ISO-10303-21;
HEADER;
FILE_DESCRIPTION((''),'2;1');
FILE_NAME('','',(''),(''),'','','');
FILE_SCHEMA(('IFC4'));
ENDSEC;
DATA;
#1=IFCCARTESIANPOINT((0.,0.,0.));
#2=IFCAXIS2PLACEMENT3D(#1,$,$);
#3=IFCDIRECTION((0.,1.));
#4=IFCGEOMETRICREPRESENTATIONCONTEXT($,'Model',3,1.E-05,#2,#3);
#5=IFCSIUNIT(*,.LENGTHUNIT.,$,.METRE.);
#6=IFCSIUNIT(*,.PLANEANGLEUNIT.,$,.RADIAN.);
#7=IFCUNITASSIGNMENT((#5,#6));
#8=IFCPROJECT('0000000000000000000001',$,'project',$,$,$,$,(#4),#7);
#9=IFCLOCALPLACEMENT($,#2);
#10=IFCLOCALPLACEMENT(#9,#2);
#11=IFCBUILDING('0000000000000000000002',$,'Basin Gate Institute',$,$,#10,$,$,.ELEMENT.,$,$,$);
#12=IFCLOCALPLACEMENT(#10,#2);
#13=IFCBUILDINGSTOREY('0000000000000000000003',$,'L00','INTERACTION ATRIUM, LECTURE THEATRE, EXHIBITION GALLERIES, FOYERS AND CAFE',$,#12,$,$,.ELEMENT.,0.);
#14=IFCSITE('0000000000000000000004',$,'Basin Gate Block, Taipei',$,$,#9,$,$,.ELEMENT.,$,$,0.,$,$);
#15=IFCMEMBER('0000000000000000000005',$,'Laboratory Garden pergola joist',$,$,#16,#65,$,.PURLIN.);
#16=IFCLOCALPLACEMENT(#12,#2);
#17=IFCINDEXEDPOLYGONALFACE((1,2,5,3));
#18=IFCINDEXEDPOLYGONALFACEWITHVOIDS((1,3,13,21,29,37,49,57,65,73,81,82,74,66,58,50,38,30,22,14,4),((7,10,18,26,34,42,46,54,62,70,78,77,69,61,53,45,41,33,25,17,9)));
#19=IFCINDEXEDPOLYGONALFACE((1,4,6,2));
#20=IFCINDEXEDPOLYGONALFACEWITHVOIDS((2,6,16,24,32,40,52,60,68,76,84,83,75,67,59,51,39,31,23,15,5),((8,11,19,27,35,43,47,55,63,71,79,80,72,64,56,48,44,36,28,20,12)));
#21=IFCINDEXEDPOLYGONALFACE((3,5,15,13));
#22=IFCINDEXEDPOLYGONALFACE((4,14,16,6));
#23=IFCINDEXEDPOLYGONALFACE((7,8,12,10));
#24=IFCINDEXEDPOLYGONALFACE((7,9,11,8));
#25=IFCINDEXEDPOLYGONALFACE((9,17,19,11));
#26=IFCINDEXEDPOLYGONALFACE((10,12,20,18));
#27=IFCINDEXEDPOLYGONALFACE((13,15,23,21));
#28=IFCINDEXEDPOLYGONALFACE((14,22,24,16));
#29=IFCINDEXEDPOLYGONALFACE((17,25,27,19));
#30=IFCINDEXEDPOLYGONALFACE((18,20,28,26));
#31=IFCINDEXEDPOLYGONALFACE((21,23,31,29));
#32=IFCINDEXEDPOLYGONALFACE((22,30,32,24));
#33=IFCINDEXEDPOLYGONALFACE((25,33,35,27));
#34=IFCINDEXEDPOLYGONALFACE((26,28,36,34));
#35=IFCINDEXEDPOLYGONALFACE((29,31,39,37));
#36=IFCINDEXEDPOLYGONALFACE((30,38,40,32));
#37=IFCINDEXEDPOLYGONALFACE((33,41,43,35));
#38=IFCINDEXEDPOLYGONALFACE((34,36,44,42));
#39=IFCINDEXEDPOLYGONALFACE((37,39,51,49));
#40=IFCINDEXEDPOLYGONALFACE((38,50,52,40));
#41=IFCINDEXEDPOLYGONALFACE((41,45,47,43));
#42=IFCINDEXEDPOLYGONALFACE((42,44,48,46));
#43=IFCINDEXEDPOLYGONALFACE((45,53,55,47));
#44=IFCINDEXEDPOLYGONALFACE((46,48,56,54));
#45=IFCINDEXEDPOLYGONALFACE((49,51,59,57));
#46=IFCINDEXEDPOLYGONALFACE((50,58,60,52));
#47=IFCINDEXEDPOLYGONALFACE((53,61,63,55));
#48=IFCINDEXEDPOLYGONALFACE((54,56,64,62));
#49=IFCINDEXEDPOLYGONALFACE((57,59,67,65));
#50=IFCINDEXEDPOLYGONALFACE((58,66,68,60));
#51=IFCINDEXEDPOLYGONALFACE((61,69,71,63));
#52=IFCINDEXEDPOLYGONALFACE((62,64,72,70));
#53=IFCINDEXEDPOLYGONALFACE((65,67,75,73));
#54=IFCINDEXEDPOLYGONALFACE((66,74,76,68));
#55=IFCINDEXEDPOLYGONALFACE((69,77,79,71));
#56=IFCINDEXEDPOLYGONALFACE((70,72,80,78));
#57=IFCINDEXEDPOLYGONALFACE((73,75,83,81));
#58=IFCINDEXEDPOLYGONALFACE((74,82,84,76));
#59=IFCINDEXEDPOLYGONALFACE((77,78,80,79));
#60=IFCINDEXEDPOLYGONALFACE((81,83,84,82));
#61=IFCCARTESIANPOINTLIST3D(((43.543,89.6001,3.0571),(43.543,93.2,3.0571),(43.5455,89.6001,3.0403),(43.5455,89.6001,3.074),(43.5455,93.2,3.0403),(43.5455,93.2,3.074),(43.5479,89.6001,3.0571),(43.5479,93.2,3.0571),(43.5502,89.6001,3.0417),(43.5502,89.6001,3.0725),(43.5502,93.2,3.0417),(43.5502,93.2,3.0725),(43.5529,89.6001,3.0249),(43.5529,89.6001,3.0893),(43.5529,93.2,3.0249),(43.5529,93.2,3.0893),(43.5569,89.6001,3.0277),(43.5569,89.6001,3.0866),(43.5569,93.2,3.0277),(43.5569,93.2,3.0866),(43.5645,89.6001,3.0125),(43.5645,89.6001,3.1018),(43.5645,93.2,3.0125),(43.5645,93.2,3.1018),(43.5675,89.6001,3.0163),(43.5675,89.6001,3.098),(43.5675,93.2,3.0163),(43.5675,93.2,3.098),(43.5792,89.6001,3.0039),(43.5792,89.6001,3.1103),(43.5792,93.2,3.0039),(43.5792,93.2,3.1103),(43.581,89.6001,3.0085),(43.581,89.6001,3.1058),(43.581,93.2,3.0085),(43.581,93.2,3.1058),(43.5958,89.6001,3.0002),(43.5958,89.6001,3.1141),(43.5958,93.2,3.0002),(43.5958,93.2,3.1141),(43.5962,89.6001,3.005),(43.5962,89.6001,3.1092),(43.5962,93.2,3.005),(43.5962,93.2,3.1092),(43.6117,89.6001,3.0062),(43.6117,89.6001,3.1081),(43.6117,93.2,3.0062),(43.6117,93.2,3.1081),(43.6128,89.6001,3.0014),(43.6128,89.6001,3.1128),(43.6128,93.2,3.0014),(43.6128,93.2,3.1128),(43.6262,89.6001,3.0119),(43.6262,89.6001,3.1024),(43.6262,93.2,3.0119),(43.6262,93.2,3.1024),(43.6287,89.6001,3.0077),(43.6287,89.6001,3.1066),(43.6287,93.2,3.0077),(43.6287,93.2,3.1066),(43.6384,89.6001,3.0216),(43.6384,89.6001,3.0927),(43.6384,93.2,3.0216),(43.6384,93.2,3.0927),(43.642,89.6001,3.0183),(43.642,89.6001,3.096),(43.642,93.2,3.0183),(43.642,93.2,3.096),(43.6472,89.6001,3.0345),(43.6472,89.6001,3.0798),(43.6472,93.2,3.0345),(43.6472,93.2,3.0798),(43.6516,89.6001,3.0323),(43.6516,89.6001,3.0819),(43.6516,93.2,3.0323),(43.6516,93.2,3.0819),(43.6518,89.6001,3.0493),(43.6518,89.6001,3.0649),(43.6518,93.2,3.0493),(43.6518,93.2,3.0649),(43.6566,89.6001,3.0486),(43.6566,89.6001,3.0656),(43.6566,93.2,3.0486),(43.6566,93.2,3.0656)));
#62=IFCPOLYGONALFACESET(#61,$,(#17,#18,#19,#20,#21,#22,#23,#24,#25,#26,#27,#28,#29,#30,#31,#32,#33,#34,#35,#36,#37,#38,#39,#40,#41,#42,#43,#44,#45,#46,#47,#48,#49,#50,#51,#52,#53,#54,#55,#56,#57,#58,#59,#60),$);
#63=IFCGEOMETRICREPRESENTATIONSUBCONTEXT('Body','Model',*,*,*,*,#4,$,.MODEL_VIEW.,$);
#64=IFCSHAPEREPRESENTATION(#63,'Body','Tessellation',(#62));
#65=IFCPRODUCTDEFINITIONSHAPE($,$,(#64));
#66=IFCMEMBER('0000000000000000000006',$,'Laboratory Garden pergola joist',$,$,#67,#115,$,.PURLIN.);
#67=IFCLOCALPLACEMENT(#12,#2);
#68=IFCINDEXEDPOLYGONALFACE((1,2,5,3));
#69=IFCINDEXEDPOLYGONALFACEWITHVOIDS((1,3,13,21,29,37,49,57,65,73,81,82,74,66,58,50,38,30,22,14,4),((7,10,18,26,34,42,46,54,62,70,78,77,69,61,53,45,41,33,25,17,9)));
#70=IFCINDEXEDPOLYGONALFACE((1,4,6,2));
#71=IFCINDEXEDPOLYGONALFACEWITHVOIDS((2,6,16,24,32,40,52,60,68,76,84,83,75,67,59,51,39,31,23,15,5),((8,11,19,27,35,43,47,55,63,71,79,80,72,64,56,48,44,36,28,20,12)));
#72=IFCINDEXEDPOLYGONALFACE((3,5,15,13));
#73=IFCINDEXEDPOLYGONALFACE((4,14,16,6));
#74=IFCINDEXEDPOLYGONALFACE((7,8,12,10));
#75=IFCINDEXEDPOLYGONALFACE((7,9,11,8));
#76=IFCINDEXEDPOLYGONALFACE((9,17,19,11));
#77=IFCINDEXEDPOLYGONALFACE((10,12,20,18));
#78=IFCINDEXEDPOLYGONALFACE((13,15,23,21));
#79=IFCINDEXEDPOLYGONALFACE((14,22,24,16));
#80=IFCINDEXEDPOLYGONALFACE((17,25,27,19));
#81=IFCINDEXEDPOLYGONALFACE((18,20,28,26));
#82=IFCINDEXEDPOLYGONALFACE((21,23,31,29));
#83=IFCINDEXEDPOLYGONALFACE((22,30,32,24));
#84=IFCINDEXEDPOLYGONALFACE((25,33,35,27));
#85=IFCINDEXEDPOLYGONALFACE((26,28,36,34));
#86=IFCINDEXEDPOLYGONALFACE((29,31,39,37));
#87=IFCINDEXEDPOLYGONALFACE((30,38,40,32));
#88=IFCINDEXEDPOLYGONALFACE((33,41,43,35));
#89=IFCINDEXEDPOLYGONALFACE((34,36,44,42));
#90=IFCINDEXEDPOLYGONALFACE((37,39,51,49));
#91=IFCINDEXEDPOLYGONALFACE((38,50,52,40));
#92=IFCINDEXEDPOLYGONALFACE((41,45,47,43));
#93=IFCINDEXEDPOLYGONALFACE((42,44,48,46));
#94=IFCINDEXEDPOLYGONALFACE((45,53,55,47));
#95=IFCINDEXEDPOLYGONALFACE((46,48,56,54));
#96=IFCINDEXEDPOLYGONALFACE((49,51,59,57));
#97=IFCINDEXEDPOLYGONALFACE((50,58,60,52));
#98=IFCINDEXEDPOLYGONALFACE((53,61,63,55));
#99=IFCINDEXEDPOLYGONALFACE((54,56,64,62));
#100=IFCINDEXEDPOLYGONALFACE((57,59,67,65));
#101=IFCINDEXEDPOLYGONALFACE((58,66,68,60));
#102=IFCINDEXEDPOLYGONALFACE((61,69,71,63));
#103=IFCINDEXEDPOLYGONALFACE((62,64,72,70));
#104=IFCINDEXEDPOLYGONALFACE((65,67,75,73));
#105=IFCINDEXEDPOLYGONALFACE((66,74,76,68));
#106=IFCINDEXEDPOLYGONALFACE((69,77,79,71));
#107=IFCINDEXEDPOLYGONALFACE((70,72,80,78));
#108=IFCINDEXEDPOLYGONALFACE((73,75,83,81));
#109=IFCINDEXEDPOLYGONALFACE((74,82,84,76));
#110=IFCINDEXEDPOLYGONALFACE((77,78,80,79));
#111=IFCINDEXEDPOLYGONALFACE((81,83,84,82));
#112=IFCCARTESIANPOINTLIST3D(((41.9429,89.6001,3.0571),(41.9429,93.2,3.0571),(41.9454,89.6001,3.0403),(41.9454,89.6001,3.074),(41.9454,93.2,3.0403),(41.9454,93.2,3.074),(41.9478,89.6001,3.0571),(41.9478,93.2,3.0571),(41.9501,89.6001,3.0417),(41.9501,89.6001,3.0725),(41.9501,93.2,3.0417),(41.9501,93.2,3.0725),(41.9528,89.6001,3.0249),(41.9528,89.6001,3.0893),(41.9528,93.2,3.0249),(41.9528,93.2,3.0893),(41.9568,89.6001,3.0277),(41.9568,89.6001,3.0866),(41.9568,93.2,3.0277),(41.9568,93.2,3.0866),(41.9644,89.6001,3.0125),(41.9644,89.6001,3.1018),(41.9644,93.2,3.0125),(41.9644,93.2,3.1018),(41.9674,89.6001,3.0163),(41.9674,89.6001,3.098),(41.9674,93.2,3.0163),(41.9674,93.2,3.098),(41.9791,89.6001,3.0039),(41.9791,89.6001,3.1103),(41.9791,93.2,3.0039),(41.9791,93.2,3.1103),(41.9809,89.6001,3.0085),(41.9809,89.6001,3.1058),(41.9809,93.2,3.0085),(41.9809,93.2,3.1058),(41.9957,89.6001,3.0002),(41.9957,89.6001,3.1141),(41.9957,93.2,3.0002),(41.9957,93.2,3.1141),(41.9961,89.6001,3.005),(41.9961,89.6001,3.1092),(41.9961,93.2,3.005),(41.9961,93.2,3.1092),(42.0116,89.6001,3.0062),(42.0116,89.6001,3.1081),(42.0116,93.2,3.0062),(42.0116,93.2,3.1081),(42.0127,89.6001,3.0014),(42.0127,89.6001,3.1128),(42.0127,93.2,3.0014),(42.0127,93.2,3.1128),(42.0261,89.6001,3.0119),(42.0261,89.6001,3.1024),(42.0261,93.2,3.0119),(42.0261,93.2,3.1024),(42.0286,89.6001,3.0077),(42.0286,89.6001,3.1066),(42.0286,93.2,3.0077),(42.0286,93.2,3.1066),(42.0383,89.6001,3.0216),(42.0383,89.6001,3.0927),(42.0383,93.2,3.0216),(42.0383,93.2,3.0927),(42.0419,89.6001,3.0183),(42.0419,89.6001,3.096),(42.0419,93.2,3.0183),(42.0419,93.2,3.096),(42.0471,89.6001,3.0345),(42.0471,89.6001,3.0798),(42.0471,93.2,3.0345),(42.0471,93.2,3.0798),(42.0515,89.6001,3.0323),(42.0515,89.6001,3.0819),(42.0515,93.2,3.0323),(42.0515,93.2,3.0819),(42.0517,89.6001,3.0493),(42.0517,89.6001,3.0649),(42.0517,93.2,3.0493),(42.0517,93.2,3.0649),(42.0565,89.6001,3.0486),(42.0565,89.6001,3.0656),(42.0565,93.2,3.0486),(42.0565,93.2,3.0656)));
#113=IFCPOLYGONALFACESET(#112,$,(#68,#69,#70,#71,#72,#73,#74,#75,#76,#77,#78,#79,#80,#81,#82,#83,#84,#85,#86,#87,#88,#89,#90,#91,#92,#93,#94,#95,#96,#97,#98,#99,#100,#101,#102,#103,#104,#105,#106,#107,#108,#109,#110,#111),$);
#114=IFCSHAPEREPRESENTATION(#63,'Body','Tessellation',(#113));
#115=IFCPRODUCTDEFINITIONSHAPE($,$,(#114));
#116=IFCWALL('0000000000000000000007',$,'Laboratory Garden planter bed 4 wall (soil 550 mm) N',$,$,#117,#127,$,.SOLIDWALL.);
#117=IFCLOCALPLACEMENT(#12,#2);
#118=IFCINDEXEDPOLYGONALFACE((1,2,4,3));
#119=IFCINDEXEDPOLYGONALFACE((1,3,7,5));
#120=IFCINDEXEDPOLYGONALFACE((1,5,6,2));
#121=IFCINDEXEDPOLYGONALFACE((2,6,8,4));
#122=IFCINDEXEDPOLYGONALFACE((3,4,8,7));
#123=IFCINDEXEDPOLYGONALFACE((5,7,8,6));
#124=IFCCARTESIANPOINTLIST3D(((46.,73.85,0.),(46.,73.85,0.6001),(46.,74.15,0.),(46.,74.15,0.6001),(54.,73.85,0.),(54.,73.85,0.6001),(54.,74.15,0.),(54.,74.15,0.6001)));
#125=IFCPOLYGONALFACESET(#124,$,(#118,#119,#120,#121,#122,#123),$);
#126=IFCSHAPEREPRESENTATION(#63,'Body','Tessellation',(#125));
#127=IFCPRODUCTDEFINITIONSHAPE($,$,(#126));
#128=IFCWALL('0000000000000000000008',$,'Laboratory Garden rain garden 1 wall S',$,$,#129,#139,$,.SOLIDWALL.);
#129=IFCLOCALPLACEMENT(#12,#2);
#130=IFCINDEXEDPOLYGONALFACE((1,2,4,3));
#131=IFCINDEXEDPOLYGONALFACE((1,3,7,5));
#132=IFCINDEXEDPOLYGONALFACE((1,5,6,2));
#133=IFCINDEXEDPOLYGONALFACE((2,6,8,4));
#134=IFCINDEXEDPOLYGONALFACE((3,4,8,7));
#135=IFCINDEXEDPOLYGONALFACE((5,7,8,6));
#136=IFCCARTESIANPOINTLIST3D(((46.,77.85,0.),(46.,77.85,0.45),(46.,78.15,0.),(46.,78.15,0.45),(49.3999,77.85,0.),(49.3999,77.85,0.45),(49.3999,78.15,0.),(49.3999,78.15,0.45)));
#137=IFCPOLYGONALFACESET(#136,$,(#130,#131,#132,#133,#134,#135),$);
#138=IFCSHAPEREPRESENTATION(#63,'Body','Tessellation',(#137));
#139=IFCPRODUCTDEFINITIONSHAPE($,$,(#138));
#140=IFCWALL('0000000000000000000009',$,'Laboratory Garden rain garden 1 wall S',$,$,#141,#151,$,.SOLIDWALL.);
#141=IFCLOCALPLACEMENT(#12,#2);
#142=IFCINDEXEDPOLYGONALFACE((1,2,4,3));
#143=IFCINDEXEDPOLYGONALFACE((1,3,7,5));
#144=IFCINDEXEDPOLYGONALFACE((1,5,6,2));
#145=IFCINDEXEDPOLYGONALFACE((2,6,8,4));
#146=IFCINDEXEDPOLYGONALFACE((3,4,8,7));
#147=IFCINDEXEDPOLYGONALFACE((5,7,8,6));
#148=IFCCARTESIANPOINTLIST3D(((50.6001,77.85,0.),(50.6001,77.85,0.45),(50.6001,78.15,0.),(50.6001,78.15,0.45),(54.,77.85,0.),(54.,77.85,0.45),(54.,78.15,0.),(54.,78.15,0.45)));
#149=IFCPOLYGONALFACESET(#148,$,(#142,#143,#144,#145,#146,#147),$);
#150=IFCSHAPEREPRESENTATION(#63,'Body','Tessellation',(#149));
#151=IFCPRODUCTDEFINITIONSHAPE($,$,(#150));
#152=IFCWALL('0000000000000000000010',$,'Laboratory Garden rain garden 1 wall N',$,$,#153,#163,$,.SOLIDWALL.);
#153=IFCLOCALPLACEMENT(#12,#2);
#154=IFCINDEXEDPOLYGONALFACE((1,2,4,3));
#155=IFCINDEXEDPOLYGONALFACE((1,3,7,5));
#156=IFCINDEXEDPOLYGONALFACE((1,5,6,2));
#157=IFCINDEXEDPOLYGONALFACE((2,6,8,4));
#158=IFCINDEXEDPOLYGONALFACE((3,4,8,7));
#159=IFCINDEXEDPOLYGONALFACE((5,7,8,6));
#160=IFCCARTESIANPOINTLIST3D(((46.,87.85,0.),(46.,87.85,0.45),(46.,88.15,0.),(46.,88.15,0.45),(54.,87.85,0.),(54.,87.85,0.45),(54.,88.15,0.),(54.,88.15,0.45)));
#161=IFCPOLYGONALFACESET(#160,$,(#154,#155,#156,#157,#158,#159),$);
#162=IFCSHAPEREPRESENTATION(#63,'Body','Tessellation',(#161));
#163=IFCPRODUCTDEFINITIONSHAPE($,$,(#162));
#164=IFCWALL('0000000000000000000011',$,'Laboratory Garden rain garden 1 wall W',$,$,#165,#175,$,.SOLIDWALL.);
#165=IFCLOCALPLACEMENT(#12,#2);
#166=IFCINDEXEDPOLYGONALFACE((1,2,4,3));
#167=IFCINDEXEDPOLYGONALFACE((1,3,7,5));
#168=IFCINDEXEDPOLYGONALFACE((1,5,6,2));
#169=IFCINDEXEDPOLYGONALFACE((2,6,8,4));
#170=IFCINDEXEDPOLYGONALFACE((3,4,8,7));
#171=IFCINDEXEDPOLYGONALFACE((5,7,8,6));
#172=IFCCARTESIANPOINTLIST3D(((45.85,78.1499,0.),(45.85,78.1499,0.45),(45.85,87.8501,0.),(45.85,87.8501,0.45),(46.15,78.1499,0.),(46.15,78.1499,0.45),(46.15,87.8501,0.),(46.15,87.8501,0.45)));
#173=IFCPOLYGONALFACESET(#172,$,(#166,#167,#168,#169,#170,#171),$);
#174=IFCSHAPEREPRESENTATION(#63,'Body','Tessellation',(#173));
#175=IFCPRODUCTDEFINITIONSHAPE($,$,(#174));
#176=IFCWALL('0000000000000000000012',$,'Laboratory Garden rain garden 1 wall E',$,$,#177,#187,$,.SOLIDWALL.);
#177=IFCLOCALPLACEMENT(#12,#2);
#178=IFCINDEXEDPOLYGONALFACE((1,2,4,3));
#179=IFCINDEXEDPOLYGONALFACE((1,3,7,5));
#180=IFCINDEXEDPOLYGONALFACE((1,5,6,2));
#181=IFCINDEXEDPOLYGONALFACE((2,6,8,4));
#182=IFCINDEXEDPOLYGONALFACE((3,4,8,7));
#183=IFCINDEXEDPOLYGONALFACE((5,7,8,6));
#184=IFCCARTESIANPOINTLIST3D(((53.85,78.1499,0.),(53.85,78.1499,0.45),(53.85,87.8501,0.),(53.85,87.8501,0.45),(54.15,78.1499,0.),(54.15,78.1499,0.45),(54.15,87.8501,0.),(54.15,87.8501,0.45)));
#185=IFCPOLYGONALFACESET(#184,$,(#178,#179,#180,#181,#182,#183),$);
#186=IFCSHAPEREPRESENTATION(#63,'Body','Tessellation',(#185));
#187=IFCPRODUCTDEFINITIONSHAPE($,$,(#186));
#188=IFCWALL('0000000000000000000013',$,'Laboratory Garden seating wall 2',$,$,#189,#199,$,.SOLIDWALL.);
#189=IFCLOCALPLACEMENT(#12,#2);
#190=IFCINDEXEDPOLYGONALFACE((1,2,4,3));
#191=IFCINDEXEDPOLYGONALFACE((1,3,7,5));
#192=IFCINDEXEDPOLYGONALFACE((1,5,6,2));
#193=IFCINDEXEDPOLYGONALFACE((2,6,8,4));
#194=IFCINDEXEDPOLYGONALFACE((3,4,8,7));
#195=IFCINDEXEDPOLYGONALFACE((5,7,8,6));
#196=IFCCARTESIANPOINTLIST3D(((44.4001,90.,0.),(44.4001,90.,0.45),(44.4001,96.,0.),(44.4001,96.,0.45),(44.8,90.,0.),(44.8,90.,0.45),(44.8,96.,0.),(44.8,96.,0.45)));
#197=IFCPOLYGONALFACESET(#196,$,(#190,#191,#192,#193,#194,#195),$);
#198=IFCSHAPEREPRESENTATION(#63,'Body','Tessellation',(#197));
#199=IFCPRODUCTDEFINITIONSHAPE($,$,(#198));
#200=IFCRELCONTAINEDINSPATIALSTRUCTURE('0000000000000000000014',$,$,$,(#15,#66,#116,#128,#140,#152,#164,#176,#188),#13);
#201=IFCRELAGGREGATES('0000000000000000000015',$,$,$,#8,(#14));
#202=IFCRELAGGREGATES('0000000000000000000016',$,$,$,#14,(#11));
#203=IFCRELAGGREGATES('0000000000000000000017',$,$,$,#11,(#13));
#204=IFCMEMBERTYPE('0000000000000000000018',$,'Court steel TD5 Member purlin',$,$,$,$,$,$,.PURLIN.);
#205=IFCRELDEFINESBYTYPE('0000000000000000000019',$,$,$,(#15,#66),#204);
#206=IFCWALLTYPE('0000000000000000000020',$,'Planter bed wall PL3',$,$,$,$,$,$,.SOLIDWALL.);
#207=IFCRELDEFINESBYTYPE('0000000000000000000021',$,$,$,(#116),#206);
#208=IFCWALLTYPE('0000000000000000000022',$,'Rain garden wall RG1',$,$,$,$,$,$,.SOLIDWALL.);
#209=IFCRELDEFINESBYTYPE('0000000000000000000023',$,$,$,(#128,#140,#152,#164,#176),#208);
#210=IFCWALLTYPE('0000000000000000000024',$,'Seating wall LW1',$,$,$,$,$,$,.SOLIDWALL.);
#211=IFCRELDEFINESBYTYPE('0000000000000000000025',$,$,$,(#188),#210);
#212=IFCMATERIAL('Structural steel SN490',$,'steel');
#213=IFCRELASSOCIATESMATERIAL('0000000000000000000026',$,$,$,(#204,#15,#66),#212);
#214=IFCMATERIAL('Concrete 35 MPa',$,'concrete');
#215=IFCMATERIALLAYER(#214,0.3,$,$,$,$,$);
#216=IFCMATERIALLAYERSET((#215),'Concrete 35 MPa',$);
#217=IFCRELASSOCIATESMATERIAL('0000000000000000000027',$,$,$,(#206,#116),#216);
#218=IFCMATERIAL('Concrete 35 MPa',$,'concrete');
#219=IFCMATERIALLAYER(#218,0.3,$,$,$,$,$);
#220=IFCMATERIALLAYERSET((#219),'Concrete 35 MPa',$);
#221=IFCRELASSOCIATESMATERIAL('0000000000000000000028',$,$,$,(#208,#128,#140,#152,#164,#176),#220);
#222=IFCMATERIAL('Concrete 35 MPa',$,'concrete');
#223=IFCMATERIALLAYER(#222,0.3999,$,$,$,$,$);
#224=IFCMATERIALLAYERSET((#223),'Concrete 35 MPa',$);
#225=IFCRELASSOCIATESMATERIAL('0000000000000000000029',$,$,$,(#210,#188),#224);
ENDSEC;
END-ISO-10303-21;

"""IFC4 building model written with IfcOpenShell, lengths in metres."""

from ifc_helpers import new_model, si_unit, direction, frame, frame_2d, origin, origin_2d, place, context, subcontext, project, spatial, rectangle, hollow_circle, extrude, material, layer, layer_set, material_profile, profile_set, type_object, element, save


model = new_model("IFC4")

# Units and contexts
model_context = context("Model", 3, precision=1e-05, world=origin(), true_north=direction((0.0, 1.0)))
body_context = subcontext(model_context, "Body", "Model", "MODEL_VIEW")
ifc_project = project(units=[si_unit("LENGTHUNIT", "METRE"), si_unit("PLANEANGLEUNIT", "RADIAN")], contexts=[model_context])

# Site, building, storey
site_placement = place(None, origin())
site = spatial("IfcSite", under=ifc_project, at=site_placement, Name="Basin Gate Block, Taipei", CompositionType="ELEMENT", RefElevation=0.0)
building_placement = place(site_placement, origin())
building = spatial("IfcBuilding", under=site, at=building_placement, Name="Basin Gate Institute", CompositionType="ELEMENT")
storey_placement = place(building_placement, origin())
storey = spatial("IfcBuildingStorey", under=building, at=storey_placement, Name="L00", Description="INTERACTION ATRIUM, LECTURE THEATRE, EXHIBITION GALLERIES, FOYERS AND CAFE", CompositionType="ELEMENT", Elevation=0.0)

# Members
ifc_material_1 = material(Name="Structural steel SN490", Category="steel")
ifc_material_profile_1 = material_profile(ifc_material_1, hollow_circle(Radius=0.0571, WallThickness=0.0049, at=origin_2d()), Name="CHS114x5")
ifc_profile_set_1 = profile_set([ifc_material_profile_1], Name="Structural steel SN490")
member_type = type_object("IfcMemberType", Name="Court steel TD5 Member purlin", PredefinedType="PURLIN", material=ifc_profile_set_1)
for number, where, z_axis, x_axis, name in (
    (1, (43.6001, 89.6001, 3.0571), (0.0, 1.0, 0.0), (-1.0, 0.0, 0.0), "Laboratory Garden pergola joist"),
    (2, (42.0, 89.6001, 3.0571), (0.0, 1.0, 0.0), (-1.0, 0.0, 0.0), "Laboratory Garden pergola joist"),
):
    element("IfcMember", number, at=place(storey_placement, frame(where, z_axis=z_axis, x_axis=x_axis)), inside=storey, type_object=member_type, material=ifc_profile_set_1, Name=name, PredefinedType="PURLIN", context=body_context, shape_type="SweptSolid", body=[
        extrude(hollow_circle(Radius=0.0571, WallThickness=0.0049, at=origin_2d()), origin(), (0.0, 0.0, 1.0), 3.5999),
    ])

# Walls
ifc_material_2 = material(Name="Concrete 35 MPa", Category="concrete")
ifc_layer_1 = layer(ifc_material_2, 0.3)
ifc_layer_set_1 = layer_set([ifc_layer_1], Name="Concrete 35 MPa")
wall_type_1 = type_object("IfcWallType", Name="Planter bed wall PL3", PredefinedType="SOLIDWALL", material=ifc_layer_set_1)
wall_1_placement = place(storey_placement, frame((46.0, 74.0, 0.0), z_axis=(0.0, 0.0, 1.0), x_axis=(1.0, 0.0, 0.0)))
element("IfcWall", 3, at=wall_1_placement, inside=storey, type_object=wall_type_1, material=ifc_layer_set_1, Name="Laboratory Garden planter bed 4 wall (soil 550 mm) N", PredefinedType="SOLIDWALL", context=body_context, shape_type="SweptSolid", body=[
    extrude(rectangle(XDim=8.0, YDim=0.3, at=frame_2d((4.0, 0.0))), origin(), (0.0, 0.0, 1.0), 0.6001),
])
ifc_material_3 = material(Name="Concrete 35 MPa", Category="concrete")
ifc_layer_2 = layer(ifc_material_3, 0.3)
ifc_layer_set_2 = layer_set([ifc_layer_2], Name="Concrete 35 MPa")
wall_type_2 = type_object("IfcWallType", Name="Rain garden wall RG1", PredefinedType="SOLIDWALL", material=ifc_layer_set_2)
for number, where, z_axis, x_axis, name in (
    (4, (46.0, 78.0, 0.0), (0.0, 0.0, 1.0), (1.0, 0.0, 0.0), "Laboratory Garden rain garden 1 wall S"),
    (5, (50.6001, 78.0, 0.0), (0.0, 0.0, 1.0), (1.0, 0.0, 0.0), "Laboratory Garden rain garden 1 wall S"),
):
    element("IfcWall", number, at=place(storey_placement, frame(where, z_axis=z_axis, x_axis=x_axis)), inside=storey, type_object=wall_type_2, material=ifc_layer_set_2, Name=name, PredefinedType="SOLIDWALL", context=body_context, shape_type="SweptSolid", body=[
        extrude(rectangle(XDim=3.3999, YDim=0.3, at=frame_2d((1.7, 0.0))), origin(), (0.0, 0.0, 1.0), 0.45),
    ])
wall_2_placement = place(storey_placement, frame((46.0, 88.0, 0.0), z_axis=(0.0, 0.0, 1.0), x_axis=(1.0, 0.0, 0.0)))
element("IfcWall", 6, at=wall_2_placement, inside=storey, type_object=wall_type_2, material=ifc_layer_set_2, Name="Laboratory Garden rain garden 1 wall N", PredefinedType="SOLIDWALL", context=body_context, shape_type="SweptSolid", body=[
    extrude(rectangle(XDim=8.0, YDim=0.3, at=frame_2d((4.0, 0.0))), origin(), (0.0, 0.0, 1.0), 0.45),
])
for number, where, z_axis, x_axis, name in (
    (7, (46.0, 78.1499, 0.0), (0.0, 0.0, 1.0), (0.0, 1.0, 0.0), "Laboratory Garden rain garden 1 wall W"),
    (8, (54.0, 78.1499, 0.0), (0.0, 0.0, 1.0), (0.0, 1.0, 0.0), "Laboratory Garden rain garden 1 wall E"),
):
    element("IfcWall", number, at=place(storey_placement, frame(where, z_axis=z_axis, x_axis=x_axis)), inside=storey, type_object=wall_type_2, material=ifc_layer_set_2, Name=name, PredefinedType="SOLIDWALL", context=body_context, shape_type="SweptSolid", body=[
        extrude(rectangle(XDim=9.7002, YDim=0.3, at=frame_2d((4.8501, 0.0))), origin(), (0.0, 0.0, 1.0), 0.45),
    ])
ifc_material_4 = material(Name="Concrete 35 MPa", Category="concrete")
ifc_layer_3 = layer(ifc_material_4, 0.3999)
ifc_layer_set_3 = layer_set([ifc_layer_3], Name="Concrete 35 MPa")
wall_type_3 = type_object("IfcWallType", Name="Seating wall LW1", PredefinedType="SOLIDWALL", material=ifc_layer_set_3)
wall_3_placement = place(storey_placement, frame((44.6001, 90.0, 0.0), z_axis=(0.0, 0.0, 1.0), x_axis=(0.0, 1.0, 0.0)))
element("IfcWall", 9, at=wall_3_placement, inside=storey, type_object=wall_type_3, material=ifc_layer_set_3, Name="Laboratory Garden seating wall 2", PredefinedType="SOLIDWALL", context=body_context, shape_type="SweptSolid", body=[
    extrude(rectangle(XDim=6.0, YDim=0.3999, at=frame_2d((3.0, 0.0))), origin(), (0.0, 0.0, 1.0), 0.45),
])

save(model, "model.ifc")
